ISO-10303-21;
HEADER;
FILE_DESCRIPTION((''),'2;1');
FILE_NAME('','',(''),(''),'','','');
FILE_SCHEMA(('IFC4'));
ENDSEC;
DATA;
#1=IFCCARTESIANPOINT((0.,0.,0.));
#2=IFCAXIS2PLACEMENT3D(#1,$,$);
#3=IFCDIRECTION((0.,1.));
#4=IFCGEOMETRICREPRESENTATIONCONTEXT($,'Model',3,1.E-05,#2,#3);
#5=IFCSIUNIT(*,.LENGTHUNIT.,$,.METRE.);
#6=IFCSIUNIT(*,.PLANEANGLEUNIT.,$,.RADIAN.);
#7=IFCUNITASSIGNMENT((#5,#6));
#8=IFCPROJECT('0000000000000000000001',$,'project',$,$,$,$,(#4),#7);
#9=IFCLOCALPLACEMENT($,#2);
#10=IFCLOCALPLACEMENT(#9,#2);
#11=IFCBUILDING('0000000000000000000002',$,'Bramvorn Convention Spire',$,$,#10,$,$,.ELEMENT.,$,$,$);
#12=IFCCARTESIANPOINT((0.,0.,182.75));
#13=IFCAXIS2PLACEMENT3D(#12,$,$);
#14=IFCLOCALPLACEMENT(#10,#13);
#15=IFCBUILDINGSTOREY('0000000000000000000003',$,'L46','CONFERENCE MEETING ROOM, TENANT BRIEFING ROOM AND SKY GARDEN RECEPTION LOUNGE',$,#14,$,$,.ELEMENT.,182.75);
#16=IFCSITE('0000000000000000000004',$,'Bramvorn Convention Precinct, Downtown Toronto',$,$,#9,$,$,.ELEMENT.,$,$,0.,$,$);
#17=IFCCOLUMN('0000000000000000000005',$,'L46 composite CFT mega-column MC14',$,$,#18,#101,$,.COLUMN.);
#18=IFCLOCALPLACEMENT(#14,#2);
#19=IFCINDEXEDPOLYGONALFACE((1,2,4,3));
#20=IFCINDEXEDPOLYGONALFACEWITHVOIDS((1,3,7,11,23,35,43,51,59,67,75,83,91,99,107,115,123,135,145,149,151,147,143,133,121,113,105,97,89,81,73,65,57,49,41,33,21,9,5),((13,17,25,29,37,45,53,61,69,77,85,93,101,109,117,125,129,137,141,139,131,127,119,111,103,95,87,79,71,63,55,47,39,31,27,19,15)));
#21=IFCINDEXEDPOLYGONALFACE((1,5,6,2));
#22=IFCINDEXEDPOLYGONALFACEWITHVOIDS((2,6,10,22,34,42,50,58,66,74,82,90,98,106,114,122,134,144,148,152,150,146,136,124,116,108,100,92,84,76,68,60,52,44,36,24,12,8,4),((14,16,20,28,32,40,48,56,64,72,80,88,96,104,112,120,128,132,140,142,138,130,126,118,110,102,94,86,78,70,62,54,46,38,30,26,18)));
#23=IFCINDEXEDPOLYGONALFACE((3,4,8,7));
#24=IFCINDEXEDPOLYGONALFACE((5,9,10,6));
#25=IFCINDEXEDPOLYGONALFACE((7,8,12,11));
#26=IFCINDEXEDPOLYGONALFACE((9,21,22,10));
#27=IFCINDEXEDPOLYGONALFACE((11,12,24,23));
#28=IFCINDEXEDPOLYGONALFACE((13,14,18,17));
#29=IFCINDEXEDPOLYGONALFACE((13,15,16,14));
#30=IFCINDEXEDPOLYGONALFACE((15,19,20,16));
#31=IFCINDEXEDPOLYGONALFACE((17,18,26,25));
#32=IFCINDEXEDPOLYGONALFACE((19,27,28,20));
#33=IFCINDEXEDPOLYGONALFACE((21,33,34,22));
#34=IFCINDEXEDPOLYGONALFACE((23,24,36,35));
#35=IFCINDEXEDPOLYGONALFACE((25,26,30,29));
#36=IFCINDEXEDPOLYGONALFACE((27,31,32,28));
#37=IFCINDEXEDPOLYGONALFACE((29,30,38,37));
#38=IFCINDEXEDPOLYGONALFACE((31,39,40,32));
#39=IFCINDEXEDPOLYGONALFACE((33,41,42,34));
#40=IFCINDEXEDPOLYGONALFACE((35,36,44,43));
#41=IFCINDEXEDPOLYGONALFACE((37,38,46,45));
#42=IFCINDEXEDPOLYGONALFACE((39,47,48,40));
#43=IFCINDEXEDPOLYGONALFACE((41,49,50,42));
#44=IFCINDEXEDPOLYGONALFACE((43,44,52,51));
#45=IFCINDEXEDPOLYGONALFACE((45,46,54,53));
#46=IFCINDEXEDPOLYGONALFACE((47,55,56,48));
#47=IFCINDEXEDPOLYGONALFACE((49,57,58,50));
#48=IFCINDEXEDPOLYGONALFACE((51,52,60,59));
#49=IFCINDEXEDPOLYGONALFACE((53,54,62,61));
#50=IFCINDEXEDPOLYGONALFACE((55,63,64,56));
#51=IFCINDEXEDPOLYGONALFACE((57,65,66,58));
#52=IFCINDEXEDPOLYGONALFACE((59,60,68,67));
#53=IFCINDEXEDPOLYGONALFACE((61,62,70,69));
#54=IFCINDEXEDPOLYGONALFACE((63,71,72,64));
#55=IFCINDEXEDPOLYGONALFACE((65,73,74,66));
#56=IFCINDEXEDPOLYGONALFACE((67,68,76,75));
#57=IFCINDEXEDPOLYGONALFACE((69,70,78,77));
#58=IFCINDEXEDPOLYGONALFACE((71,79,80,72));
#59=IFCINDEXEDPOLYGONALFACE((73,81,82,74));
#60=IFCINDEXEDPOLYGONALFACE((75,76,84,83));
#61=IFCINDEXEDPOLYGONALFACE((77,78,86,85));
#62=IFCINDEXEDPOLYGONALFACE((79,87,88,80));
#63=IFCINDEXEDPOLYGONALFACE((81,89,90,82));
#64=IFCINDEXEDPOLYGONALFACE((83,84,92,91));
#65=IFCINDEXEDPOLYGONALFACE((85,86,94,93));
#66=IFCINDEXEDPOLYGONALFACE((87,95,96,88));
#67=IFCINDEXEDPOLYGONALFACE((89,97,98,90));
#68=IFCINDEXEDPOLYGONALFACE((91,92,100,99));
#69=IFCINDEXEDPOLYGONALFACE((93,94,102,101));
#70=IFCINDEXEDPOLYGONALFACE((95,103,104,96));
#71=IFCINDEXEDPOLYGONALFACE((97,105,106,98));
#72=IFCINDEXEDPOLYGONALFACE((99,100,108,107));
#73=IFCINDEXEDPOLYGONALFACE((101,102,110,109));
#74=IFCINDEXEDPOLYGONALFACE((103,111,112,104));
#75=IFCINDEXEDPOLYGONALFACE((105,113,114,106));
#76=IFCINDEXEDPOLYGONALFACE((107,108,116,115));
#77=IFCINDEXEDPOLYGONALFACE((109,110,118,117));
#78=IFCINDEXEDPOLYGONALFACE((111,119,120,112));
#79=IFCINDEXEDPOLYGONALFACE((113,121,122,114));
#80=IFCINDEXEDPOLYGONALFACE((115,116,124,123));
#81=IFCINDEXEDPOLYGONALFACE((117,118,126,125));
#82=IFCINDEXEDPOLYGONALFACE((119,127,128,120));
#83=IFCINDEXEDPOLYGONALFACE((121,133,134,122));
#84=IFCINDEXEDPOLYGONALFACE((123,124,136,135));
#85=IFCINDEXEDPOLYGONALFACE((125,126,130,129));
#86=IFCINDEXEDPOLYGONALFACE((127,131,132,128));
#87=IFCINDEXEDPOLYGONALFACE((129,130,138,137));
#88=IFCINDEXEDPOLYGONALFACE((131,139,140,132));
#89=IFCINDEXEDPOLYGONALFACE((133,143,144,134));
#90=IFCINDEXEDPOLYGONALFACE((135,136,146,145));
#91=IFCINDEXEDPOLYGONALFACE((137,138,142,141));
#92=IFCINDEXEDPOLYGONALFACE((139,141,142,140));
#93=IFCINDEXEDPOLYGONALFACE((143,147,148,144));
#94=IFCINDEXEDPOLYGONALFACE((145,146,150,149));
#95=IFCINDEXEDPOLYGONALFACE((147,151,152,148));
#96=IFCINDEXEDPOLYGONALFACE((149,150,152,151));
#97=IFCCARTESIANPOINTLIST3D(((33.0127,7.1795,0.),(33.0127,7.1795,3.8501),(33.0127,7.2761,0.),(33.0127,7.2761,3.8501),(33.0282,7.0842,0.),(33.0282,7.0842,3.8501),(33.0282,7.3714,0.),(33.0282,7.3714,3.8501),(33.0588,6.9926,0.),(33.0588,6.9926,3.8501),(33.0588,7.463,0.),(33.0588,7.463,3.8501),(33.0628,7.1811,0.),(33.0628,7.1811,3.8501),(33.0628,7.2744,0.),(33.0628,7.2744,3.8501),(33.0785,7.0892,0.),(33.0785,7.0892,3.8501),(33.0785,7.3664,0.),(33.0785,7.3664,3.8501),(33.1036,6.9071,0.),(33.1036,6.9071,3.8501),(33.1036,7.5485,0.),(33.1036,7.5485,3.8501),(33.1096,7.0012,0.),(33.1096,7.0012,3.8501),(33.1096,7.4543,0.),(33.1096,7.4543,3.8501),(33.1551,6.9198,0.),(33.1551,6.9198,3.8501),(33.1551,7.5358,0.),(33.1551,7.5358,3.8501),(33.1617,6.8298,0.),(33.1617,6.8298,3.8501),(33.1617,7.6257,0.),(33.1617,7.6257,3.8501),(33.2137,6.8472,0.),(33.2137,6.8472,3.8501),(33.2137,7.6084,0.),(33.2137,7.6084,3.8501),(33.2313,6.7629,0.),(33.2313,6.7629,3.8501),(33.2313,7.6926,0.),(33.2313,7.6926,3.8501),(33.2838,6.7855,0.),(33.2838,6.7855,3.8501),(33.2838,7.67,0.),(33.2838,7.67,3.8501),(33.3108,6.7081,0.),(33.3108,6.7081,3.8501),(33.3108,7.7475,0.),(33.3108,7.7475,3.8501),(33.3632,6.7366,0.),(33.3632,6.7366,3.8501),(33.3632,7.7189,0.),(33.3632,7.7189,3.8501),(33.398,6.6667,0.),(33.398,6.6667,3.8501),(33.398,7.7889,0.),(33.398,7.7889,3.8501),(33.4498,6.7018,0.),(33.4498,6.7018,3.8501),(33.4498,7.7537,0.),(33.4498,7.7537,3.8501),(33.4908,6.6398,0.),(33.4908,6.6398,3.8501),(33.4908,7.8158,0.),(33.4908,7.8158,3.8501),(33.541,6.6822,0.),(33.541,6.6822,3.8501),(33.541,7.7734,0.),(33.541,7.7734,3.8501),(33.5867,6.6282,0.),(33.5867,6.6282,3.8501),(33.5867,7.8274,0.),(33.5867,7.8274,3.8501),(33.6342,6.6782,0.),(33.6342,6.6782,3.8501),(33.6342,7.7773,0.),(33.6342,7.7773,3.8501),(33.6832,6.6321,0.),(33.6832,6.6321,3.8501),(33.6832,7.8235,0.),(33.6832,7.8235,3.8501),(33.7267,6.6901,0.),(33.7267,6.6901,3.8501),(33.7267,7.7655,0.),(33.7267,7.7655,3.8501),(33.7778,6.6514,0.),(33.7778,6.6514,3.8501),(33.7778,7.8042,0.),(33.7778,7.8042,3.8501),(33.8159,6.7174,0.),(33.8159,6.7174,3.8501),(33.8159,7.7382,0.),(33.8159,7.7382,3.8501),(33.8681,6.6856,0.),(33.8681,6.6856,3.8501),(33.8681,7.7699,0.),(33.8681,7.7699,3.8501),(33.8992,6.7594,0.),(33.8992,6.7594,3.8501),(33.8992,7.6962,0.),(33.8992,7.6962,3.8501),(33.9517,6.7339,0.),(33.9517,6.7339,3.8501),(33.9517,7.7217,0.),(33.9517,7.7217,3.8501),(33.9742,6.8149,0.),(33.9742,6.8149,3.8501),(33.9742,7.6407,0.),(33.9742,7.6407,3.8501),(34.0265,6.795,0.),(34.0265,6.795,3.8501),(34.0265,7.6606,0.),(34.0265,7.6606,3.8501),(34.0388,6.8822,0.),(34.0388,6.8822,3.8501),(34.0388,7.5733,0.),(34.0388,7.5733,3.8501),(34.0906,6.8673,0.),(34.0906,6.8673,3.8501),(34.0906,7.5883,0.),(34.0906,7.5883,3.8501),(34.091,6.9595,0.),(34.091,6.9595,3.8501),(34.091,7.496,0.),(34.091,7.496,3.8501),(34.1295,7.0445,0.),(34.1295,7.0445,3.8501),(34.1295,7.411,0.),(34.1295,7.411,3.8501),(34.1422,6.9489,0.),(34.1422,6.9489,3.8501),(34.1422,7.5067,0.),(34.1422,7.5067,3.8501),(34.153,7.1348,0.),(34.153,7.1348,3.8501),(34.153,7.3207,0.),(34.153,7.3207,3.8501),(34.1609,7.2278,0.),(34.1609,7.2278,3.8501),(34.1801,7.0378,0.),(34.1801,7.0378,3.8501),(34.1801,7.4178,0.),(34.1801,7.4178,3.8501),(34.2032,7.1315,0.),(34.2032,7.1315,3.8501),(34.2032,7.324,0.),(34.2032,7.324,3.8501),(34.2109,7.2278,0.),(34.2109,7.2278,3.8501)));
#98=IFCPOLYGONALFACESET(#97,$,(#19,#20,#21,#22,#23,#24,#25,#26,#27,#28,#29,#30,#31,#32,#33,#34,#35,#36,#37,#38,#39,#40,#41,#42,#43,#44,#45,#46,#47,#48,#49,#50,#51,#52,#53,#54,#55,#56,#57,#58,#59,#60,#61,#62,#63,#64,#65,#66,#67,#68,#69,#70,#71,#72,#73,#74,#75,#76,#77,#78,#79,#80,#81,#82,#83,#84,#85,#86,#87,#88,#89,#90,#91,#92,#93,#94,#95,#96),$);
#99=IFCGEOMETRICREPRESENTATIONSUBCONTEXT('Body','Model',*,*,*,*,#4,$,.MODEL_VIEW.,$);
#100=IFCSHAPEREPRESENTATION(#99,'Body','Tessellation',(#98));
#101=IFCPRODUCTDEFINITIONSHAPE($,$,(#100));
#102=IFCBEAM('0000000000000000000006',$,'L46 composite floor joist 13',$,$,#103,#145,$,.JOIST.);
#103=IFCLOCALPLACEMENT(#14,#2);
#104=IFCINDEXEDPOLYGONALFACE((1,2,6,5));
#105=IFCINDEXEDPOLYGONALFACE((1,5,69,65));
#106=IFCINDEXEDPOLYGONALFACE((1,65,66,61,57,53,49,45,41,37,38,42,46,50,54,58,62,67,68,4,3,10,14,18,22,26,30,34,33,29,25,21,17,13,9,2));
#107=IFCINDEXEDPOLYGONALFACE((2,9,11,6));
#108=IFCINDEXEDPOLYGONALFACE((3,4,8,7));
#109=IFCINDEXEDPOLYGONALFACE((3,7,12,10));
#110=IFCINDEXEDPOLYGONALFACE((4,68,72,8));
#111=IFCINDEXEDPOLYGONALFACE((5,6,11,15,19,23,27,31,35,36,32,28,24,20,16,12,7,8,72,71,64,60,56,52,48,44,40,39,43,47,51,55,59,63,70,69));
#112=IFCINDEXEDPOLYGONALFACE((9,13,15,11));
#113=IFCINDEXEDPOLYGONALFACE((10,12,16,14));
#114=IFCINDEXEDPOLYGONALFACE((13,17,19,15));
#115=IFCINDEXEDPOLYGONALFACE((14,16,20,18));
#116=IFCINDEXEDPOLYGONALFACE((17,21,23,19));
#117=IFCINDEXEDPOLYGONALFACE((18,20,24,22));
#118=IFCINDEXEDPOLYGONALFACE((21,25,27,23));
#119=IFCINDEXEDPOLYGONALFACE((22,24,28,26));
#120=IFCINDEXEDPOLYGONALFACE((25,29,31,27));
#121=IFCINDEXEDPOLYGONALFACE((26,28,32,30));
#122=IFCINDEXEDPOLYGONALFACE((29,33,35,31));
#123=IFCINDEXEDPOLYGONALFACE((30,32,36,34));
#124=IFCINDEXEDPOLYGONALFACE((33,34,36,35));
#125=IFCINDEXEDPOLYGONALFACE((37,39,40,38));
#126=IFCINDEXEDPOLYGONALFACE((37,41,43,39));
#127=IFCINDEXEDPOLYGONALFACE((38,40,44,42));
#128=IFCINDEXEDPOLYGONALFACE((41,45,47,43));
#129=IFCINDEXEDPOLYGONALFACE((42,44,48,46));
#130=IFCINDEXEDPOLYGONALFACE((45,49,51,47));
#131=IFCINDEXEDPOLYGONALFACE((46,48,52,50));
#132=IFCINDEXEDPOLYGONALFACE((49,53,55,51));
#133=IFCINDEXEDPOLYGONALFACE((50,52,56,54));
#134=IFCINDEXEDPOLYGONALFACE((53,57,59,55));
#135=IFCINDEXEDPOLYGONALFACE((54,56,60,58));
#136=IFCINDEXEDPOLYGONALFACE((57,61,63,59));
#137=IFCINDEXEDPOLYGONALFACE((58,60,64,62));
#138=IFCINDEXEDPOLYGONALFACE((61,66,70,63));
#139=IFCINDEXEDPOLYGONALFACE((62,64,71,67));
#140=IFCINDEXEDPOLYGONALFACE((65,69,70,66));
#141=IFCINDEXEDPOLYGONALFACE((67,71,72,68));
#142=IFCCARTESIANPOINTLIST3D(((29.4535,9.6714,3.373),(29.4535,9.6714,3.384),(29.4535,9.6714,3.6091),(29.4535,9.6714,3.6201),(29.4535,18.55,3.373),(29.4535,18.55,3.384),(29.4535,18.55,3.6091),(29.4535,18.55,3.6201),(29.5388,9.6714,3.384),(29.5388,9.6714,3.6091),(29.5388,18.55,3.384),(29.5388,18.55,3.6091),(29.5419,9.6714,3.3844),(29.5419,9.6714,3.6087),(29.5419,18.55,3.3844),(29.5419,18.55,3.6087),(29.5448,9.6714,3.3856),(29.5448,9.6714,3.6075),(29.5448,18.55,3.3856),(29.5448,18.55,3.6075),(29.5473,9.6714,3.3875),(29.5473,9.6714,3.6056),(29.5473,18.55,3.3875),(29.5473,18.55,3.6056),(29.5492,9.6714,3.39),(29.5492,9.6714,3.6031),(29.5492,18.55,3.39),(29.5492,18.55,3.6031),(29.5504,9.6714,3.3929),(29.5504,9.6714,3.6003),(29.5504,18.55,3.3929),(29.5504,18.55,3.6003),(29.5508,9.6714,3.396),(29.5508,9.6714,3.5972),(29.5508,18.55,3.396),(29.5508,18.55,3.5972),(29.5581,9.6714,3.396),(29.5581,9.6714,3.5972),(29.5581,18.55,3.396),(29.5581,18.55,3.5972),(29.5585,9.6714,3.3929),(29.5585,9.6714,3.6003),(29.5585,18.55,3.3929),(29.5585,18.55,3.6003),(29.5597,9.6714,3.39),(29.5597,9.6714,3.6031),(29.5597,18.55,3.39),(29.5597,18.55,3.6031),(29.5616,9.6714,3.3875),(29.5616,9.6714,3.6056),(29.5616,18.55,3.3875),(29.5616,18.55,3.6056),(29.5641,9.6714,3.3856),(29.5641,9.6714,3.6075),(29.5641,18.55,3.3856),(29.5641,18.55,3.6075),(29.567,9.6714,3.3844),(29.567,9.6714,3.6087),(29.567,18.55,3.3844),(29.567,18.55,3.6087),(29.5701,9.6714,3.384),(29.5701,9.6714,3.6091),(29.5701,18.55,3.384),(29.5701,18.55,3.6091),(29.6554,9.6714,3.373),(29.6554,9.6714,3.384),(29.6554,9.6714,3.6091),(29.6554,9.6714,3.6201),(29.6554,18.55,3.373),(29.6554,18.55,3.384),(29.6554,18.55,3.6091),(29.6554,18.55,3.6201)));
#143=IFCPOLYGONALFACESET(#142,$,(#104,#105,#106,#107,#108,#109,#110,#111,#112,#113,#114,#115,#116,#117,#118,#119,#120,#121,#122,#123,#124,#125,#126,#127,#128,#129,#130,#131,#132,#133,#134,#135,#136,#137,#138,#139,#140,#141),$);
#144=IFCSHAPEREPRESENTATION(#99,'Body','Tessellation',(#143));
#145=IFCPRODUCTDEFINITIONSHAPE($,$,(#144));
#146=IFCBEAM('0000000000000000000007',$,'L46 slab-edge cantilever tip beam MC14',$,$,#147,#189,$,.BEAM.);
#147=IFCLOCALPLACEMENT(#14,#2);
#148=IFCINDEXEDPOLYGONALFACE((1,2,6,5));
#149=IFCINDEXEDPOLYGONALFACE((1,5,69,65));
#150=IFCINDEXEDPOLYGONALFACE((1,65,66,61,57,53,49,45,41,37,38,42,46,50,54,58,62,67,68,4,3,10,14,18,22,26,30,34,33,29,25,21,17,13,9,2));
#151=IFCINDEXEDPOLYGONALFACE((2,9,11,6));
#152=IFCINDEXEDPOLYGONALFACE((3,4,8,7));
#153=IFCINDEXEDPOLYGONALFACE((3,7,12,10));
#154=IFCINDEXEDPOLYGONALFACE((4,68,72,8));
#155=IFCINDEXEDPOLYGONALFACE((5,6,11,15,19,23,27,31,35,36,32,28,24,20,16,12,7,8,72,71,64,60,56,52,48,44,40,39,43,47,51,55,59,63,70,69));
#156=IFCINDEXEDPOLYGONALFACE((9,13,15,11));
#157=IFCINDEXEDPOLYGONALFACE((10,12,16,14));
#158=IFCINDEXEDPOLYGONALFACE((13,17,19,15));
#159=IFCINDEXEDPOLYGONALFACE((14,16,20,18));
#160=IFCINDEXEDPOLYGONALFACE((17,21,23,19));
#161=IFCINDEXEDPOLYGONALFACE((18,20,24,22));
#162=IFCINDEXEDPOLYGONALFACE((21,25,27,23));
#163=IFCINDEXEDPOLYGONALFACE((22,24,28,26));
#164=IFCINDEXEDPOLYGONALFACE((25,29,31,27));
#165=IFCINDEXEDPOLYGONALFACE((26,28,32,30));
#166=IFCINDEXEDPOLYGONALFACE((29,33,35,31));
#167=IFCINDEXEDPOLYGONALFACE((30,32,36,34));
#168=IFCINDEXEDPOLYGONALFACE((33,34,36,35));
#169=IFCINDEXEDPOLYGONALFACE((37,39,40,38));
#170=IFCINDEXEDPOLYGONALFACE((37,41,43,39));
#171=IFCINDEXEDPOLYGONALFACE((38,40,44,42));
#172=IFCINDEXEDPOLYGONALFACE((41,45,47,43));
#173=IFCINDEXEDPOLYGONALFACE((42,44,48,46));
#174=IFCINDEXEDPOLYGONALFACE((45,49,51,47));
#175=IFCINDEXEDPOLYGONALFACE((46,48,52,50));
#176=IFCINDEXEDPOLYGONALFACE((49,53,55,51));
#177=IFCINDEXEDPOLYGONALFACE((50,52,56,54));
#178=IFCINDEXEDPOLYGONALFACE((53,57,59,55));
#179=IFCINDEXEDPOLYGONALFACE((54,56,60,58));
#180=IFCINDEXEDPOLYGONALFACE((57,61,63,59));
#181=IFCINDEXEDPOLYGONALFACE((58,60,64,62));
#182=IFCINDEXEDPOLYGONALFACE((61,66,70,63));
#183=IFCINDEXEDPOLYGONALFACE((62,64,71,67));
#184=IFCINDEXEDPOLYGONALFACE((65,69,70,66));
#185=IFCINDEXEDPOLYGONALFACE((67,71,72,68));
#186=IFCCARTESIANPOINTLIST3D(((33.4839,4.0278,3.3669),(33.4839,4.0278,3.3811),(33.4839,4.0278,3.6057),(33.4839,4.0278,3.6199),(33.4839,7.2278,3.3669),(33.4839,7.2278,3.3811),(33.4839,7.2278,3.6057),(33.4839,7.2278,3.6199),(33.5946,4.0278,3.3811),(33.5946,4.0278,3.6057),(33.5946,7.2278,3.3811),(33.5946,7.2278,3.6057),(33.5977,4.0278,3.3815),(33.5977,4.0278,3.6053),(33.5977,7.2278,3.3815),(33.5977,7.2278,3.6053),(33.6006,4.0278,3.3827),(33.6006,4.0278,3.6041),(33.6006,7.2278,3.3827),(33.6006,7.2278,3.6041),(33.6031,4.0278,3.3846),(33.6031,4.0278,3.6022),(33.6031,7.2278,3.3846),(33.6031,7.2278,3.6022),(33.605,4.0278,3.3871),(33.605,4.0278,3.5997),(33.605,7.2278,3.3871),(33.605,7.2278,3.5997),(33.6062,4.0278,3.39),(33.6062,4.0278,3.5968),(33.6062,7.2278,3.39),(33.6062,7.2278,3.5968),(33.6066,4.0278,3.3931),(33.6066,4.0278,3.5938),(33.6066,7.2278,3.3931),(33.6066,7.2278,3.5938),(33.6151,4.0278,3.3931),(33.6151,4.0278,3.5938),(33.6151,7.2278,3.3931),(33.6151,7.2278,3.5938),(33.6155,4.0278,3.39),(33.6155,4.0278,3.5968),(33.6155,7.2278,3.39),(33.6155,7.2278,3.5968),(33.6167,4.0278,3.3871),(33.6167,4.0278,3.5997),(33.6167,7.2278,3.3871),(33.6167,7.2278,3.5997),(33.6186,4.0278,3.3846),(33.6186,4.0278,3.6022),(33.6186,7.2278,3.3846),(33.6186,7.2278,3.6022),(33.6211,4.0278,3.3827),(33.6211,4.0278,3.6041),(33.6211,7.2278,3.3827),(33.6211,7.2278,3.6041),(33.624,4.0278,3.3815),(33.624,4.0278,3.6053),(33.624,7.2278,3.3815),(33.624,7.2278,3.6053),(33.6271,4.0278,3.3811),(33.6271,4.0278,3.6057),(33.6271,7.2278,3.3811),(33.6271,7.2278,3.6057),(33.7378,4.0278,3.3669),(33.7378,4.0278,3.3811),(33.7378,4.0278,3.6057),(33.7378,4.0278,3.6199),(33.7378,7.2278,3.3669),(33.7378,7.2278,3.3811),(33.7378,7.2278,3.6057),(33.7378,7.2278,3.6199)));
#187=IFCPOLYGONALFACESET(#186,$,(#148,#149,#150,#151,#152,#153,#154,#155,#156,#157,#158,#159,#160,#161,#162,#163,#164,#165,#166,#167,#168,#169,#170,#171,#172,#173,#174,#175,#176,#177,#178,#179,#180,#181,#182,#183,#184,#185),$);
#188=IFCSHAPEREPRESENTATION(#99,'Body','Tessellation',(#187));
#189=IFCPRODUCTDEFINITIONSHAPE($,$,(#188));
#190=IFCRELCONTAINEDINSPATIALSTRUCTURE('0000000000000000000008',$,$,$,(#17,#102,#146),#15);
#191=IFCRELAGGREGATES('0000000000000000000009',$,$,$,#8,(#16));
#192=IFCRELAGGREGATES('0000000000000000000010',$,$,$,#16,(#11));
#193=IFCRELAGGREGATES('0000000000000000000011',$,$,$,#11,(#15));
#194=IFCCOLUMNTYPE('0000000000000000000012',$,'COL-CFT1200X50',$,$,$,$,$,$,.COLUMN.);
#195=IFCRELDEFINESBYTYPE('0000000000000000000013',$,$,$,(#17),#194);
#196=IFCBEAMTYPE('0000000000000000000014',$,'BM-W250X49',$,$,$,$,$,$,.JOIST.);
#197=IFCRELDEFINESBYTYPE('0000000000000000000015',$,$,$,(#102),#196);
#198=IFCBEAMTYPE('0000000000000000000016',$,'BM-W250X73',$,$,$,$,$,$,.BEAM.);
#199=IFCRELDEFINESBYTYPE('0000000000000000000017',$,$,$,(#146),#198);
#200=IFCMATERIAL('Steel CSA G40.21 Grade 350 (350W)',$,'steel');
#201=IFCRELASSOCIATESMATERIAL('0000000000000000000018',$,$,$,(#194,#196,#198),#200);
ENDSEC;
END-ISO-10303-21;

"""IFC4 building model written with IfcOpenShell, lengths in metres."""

from ifc_helpers import new_model, si_unit, direction, frame, origin, origin_2d, place, context, subcontext, project, spatial, hollow_circle, i_section, extrude, material, material_profile, profile_set, type_object, element, save


model = new_model("IFC4")

# Units and contexts
model_context = context("Model", 3, precision=1e-05, world=origin(), true_north=direction((0.0, 1.0)))
body_context = subcontext(model_context, "Body", "Model", "MODEL_VIEW")
ifc_project = project(units=[si_unit("LENGTHUNIT", "METRE"), si_unit("PLANEANGLEUNIT", "RADIAN")], contexts=[model_context])

# Site, building, storey
site_placement = place(None, origin())
site = spatial("IfcSite", under=ifc_project, at=site_placement, Name="Bramvorn Convention Precinct, Downtown Toronto", CompositionType="ELEMENT", RefElevation=0.0)
building_placement = place(site_placement, origin())
building = spatial("IfcBuilding", under=site, at=building_placement, Name="Bramvorn Convention Spire", CompositionType="ELEMENT")
storey_placement = place(building_placement, frame((0.0, 0.0, 182.75)))
storey = spatial("IfcBuildingStorey", under=building, at=storey_placement, Name="L46", Description="CONFERENCE MEETING ROOM, TENANT BRIEFING ROOM AND SKY GARDEN RECEPTION LOUNGE", CompositionType="ELEMENT", Elevation=182.75)

# Column
ifc_material_1 = material(Name="Steel CSA G40.21 Grade 350 (350W)", Category="steel")
ifc_material_profile_1 = material_profile(ifc_material_1, hollow_circle(Radius=0.6001, WallThickness=0.05, at=origin_2d()))
ifc_profile_set_1 = profile_set([ifc_material_profile_1], Name="Steel CSA G40.21 Grade 350 (350W) - CFT1200X50")
column_type = type_object("IfcColumnType", Name="COL-CFT1200X50", PredefinedType="COLUMN", material=ifc_profile_set_1)
column_placement = place(storey_placement, frame((33.6108, 7.2278, 0.0), z_axis=(0.0, 0.0, 1.0), x_axis=(1.0, 0.0, 0.0)))
element("IfcColumn", 1, at=column_placement, inside=storey, type_object=column_type, Name="L46 composite CFT mega-column MC14", PredefinedType="COLUMN", context=body_context, shape_type="SweptSolid", body=[
    extrude(hollow_circle(Radius=0.6001, WallThickness=0.05, at=origin_2d()), origin(), (0.0, 0.0, 1.0), 3.8501),
])

# Beams
ifc_material_profile_2 = material_profile(ifc_material_1, i_section(OverallWidth=0.2019, OverallDepth=0.2471, WebThickness=0.0073, FlangeThickness=0.011, FilletRadius=0.012, at=origin_2d()))
ifc_profile_set_2 = profile_set([ifc_material_profile_2], Name="Steel CSA G40.21 Grade 350 (350W) - W250X49")
beam_type_1 = type_object("IfcBeamType", Name="BM-W250X49", PredefinedType="JOIST", material=ifc_profile_set_2)
beam_1_placement = place(storey_placement, frame((29.5544, 18.55, 3.4966), z_axis=(0.0, -1.0, 0.0), x_axis=(1.0, 0.0, 0.0)))
element("IfcBeam", 2, at=beam_1_placement, inside=storey, type_object=beam_type_1, Name="L46 composite floor joist 13", PredefinedType="JOIST", context=body_context, shape_type="SweptSolid", body=[
    extrude(i_section(OverallWidth=0.2019, OverallDepth=0.2471, WebThickness=0.0073, FlangeThickness=0.011, FilletRadius=0.012, at=origin_2d()), origin(), (0.0, 0.0, 1.0), 8.8787),
])
ifc_material_profile_3 = material_profile(ifc_material_1, i_section(OverallWidth=0.2539, OverallDepth=0.2529, WebThickness=0.0085, FlangeThickness=0.0142, FilletRadius=0.012, at=origin_2d()))
ifc_profile_set_3 = profile_set([ifc_material_profile_3], Name="Steel CSA G40.21 Grade 350 (350W) - W250X73")
beam_type_2 = type_object("IfcBeamType", Name="BM-W250X73", PredefinedType="BEAM", material=ifc_profile_set_3)
beam_2_placement = place(storey_placement, frame((33.6108, 7.2278, 3.4934), z_axis=(0.0, -1.0, 0.0), x_axis=(1.0, 0.0, 0.0)))
element("IfcBeam", 3, at=beam_2_placement, inside=storey, type_object=beam_type_2, Name="L46 slab-edge cantilever tip beam MC14", PredefinedType="BEAM", context=body_context, shape_type="SweptSolid", body=[
    extrude(i_section(OverallWidth=0.2539, OverallDepth=0.2529, WebThickness=0.0085, FlangeThickness=0.0142, FilletRadius=0.012, at=origin_2d()), origin(), (0.0, 0.0, 1.0), 3.2),
])

save(model, "model.ifc")
